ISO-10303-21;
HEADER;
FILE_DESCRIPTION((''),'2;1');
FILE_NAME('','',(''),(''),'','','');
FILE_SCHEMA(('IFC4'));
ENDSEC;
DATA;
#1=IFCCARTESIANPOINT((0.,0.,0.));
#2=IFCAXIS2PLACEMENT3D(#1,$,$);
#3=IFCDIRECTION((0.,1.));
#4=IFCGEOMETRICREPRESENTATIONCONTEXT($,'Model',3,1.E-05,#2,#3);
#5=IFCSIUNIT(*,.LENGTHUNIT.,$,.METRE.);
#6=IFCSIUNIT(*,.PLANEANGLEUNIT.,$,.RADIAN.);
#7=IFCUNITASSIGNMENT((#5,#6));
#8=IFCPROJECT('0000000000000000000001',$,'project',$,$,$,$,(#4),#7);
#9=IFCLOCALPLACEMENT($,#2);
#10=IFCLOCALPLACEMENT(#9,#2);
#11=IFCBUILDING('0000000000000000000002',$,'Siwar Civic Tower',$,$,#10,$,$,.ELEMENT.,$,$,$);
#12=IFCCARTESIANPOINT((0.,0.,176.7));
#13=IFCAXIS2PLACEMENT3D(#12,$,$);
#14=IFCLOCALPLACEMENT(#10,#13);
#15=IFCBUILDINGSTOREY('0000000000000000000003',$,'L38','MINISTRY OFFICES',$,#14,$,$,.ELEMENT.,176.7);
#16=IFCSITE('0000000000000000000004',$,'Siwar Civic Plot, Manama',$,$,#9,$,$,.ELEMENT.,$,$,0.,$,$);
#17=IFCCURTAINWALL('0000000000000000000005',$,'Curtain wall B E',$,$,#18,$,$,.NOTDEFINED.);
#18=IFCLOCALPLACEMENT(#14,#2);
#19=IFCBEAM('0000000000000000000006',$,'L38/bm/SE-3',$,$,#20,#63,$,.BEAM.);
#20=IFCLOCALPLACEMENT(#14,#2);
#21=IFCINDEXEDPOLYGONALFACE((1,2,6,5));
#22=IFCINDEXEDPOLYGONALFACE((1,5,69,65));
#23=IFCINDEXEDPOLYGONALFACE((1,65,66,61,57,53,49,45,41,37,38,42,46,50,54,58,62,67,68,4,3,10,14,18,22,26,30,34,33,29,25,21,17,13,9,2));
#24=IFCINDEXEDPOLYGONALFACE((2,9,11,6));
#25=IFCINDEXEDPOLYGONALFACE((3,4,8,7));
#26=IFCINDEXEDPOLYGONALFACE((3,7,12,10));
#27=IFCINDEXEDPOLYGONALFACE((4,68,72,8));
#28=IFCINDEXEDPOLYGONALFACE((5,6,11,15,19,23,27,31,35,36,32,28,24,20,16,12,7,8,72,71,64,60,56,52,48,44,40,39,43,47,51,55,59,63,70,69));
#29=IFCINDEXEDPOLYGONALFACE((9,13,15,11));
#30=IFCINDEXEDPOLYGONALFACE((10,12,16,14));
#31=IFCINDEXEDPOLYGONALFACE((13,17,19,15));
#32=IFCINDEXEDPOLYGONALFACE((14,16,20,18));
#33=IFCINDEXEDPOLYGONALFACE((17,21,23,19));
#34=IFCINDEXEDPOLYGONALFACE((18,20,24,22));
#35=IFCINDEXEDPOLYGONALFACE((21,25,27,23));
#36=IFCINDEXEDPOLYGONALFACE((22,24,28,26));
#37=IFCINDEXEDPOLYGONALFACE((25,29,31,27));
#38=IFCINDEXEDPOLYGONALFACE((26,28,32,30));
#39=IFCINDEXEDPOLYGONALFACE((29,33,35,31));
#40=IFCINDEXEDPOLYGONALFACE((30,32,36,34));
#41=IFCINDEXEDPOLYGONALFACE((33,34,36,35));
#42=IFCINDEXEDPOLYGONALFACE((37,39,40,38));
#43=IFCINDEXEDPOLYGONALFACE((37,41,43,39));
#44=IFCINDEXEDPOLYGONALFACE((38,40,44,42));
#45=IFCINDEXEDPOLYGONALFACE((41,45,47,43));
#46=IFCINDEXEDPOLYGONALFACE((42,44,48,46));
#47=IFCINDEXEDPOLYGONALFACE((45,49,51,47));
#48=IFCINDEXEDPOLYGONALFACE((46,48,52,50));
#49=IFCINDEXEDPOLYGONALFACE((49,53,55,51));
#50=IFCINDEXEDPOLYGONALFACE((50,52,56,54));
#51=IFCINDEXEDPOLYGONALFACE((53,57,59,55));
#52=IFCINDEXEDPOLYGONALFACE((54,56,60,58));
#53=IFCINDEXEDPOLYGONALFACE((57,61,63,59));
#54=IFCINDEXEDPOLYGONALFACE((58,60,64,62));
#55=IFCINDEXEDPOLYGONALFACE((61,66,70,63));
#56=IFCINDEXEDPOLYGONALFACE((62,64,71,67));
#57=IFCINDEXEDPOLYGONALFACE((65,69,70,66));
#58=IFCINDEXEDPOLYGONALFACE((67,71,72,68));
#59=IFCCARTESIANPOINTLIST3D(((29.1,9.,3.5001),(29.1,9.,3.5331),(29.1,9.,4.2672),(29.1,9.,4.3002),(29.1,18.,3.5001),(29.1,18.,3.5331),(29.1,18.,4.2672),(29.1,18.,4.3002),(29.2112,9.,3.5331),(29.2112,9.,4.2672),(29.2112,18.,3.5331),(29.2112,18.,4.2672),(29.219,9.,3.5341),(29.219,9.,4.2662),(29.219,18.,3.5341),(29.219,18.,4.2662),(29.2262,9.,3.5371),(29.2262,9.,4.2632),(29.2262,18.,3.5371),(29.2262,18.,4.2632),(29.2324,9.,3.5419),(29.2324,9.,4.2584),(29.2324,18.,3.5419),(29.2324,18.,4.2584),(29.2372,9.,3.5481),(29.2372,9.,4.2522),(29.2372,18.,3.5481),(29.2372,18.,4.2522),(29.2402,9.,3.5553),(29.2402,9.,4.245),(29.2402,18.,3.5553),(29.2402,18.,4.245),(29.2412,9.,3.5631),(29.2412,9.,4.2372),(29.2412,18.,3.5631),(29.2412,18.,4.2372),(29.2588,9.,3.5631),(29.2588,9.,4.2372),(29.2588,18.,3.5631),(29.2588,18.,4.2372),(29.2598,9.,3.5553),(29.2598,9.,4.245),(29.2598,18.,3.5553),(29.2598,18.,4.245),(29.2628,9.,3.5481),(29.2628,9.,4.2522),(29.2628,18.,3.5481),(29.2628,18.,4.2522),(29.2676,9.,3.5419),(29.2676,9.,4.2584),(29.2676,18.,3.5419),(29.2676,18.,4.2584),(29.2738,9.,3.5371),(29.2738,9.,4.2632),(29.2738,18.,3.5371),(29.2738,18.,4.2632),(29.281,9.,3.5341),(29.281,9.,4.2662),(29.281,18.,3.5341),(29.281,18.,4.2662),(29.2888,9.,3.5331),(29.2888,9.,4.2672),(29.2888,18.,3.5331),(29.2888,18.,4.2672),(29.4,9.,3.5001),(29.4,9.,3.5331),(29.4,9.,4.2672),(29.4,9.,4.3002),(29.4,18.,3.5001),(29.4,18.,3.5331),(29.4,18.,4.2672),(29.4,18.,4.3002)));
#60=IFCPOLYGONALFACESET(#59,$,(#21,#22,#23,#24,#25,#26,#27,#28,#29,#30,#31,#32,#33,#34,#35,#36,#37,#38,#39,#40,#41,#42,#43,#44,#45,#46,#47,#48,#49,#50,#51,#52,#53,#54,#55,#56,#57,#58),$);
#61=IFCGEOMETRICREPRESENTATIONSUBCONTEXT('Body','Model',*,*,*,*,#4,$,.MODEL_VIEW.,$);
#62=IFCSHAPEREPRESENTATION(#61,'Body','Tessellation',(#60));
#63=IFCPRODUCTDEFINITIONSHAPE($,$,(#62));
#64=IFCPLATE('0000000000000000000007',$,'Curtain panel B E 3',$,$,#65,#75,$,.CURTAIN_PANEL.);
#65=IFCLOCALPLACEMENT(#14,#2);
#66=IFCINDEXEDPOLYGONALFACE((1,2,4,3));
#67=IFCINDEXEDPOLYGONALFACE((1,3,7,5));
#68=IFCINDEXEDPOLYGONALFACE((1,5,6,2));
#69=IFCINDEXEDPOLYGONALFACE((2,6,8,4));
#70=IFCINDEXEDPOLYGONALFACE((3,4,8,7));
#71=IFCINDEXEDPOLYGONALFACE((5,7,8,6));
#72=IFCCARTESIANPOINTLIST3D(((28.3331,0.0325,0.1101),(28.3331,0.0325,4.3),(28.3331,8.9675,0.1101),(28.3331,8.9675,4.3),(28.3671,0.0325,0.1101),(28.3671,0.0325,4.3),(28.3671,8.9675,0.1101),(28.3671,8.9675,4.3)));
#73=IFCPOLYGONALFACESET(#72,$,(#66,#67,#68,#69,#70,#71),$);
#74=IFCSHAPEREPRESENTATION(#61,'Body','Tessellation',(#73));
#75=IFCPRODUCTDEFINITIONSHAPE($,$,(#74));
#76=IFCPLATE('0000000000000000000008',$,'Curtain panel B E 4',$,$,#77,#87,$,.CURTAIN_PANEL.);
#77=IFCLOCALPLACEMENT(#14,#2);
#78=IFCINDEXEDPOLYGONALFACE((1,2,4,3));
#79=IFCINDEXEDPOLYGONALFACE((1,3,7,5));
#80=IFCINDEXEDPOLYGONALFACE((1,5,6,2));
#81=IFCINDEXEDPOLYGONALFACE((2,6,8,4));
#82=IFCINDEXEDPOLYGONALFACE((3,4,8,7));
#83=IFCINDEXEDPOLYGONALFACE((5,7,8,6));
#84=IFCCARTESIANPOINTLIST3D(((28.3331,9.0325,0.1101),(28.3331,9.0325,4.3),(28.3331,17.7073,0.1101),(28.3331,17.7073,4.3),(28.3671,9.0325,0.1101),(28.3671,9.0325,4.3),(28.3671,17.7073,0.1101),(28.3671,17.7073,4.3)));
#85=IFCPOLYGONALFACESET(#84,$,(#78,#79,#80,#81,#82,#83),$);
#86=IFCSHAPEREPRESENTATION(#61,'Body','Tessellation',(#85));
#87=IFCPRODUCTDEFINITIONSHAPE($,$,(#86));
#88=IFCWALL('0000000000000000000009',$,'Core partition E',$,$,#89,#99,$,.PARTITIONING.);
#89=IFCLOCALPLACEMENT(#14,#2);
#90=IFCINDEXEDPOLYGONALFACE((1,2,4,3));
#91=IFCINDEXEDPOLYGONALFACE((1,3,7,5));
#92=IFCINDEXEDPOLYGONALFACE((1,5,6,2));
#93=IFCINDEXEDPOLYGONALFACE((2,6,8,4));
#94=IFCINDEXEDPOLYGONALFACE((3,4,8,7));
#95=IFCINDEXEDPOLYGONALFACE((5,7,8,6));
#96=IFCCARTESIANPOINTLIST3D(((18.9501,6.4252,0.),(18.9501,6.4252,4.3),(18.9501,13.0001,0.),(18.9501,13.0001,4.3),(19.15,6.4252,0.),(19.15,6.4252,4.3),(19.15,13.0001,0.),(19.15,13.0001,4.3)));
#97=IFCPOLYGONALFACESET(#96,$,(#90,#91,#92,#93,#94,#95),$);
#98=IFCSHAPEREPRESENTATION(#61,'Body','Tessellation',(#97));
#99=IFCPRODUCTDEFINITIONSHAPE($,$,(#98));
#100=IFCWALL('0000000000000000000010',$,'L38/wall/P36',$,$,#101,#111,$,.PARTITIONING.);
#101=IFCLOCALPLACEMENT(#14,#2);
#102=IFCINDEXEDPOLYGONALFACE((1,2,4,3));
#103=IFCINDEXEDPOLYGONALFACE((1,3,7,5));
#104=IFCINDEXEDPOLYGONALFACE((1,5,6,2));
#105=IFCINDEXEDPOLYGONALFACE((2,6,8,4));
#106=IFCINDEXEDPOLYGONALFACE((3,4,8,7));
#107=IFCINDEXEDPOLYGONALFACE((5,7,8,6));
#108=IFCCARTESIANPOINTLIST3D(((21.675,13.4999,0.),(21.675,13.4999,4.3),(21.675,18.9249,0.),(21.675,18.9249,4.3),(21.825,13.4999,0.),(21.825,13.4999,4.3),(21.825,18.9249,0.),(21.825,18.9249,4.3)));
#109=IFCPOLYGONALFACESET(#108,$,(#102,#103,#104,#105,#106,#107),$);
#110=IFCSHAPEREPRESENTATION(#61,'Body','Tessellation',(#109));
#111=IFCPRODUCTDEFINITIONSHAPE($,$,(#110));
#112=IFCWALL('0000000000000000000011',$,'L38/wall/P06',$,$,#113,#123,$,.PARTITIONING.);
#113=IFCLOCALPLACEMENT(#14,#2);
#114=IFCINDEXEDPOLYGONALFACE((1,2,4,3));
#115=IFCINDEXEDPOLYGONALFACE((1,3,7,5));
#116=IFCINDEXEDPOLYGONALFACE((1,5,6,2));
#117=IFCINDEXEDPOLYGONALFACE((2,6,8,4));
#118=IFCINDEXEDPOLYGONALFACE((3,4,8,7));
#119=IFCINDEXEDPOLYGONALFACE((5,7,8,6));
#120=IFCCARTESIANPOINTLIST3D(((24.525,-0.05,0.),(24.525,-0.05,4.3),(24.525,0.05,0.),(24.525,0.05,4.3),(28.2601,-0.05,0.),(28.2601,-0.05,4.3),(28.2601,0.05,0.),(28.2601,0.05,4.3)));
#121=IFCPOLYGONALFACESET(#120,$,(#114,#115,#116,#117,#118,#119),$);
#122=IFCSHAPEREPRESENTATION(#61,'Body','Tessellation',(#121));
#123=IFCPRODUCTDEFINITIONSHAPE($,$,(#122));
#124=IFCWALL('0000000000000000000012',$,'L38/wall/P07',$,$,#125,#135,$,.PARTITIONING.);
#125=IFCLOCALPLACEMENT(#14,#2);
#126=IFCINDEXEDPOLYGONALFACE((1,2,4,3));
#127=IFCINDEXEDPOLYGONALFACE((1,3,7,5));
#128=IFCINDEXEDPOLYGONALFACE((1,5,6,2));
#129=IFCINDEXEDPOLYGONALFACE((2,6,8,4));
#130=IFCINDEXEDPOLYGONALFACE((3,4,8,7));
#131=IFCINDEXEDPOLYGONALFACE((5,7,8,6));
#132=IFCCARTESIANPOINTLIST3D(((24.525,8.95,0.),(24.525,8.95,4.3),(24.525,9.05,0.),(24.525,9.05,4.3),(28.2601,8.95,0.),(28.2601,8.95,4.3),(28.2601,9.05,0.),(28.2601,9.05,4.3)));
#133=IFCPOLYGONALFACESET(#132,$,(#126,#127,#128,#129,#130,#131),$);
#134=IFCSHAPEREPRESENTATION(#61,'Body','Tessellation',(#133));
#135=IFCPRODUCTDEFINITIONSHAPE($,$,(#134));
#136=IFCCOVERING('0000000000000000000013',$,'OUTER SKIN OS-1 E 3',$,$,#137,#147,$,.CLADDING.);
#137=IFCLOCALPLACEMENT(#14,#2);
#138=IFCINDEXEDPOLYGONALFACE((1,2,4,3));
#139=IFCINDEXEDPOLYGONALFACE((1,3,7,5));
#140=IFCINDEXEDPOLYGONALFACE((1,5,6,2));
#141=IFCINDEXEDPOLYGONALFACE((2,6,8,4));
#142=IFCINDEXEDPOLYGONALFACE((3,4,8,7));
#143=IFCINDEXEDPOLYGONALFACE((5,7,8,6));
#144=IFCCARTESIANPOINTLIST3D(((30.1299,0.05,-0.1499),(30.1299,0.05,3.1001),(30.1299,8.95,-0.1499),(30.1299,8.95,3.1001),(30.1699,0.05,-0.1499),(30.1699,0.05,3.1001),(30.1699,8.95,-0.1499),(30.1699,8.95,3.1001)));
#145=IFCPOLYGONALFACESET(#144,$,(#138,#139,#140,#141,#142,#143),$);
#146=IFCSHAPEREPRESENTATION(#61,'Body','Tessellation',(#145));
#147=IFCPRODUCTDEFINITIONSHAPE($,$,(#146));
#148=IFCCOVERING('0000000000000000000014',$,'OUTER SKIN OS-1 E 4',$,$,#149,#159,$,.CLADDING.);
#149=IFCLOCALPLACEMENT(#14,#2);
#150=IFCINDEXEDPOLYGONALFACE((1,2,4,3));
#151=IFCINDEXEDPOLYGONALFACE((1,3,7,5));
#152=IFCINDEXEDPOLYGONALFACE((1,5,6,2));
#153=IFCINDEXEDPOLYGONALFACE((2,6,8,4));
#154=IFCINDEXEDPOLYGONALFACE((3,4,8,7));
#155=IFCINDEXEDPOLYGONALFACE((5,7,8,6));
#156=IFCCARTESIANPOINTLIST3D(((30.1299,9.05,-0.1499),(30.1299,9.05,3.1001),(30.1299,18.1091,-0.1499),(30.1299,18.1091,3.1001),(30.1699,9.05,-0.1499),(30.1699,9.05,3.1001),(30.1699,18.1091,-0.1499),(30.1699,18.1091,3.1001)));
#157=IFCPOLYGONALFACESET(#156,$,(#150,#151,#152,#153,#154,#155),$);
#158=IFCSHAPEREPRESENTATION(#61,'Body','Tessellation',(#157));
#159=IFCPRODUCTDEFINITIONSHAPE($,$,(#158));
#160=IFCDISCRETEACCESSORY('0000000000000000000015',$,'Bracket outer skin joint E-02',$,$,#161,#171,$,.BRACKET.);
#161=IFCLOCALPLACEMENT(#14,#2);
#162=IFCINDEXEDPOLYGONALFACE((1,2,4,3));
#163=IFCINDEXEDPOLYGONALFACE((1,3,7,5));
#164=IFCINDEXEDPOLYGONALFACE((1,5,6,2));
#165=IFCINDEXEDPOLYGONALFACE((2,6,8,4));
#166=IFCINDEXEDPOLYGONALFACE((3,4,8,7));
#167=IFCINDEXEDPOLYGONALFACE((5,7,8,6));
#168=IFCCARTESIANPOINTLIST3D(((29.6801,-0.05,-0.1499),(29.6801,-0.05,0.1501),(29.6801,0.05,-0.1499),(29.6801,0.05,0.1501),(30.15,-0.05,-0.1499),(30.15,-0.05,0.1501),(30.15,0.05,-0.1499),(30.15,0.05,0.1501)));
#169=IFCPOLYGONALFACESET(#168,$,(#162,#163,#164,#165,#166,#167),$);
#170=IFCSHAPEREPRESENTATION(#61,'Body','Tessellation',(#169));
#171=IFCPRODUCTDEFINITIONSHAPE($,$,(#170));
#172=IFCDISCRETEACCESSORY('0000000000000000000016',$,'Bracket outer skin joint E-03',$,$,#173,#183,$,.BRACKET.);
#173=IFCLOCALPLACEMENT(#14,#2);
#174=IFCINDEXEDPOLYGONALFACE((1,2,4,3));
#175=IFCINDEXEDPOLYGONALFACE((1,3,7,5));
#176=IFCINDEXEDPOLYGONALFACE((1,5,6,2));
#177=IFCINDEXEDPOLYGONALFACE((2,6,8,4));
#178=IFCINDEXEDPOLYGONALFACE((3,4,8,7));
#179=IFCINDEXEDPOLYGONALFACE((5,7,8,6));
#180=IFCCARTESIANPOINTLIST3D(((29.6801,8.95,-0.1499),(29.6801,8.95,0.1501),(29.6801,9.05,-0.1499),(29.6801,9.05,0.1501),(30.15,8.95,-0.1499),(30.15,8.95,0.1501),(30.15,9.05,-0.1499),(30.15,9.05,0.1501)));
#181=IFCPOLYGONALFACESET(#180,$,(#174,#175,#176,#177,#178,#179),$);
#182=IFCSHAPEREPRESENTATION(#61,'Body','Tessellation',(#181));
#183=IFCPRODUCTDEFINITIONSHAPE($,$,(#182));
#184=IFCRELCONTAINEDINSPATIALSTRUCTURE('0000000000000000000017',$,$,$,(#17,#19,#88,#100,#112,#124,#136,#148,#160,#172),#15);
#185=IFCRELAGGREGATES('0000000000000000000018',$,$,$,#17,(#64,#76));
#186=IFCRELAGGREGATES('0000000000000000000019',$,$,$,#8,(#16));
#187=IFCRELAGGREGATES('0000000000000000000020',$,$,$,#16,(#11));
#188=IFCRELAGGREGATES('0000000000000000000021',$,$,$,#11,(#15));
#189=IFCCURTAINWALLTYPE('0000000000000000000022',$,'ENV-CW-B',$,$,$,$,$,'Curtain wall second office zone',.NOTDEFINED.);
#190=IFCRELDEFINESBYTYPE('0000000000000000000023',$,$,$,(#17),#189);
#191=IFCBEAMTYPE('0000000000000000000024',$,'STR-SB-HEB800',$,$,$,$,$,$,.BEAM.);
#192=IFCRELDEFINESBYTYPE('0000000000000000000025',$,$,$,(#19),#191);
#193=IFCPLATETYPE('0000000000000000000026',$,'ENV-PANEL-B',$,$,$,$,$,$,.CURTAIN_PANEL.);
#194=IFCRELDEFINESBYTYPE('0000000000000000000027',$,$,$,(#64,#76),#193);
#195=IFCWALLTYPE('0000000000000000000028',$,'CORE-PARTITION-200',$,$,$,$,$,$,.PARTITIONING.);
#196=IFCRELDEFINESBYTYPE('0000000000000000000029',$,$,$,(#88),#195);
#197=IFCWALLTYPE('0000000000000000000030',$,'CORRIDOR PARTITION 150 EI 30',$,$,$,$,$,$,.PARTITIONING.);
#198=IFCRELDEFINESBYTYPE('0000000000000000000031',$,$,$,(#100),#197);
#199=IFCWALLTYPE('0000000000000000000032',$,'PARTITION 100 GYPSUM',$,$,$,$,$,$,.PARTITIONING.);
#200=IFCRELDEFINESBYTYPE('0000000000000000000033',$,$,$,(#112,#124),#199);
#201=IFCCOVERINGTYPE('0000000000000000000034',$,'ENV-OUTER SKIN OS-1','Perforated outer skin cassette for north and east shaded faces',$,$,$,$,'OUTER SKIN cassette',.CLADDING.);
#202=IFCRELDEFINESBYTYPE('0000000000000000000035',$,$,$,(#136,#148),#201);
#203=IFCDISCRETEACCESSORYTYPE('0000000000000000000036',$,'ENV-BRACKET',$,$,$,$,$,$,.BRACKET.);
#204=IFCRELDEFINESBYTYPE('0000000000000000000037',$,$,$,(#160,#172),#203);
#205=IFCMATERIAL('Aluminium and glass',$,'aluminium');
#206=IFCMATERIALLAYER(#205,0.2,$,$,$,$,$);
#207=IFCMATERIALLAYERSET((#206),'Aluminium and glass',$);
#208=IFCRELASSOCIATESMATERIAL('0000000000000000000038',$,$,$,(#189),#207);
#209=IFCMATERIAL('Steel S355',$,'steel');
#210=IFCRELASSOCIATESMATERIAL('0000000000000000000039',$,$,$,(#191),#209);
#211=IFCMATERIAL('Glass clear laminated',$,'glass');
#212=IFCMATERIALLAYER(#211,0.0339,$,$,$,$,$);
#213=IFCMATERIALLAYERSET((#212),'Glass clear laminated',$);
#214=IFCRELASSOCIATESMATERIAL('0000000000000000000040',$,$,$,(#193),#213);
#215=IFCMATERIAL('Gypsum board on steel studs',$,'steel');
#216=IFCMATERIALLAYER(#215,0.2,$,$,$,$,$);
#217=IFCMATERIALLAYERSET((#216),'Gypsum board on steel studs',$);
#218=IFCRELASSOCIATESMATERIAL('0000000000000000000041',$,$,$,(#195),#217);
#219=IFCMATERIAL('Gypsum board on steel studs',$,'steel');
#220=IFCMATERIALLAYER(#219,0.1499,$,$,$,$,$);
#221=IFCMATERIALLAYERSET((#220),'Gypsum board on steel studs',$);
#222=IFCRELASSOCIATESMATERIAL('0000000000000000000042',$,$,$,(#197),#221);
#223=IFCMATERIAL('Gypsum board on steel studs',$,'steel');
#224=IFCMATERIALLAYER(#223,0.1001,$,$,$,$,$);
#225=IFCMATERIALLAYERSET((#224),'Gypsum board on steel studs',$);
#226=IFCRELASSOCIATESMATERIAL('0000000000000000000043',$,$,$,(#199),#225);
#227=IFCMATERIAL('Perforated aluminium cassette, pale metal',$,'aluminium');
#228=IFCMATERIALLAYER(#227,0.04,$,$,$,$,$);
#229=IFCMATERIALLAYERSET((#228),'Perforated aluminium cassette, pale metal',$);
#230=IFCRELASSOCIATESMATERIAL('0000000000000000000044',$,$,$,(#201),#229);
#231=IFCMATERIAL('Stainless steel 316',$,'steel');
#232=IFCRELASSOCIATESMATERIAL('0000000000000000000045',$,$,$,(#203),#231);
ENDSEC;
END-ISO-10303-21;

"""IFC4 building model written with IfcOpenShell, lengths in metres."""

from ifc_helpers import new_model, si_unit, direction, frame, frame_2d, origin, origin_2d, place, context, subcontext, project, spatial, rectangle, i_section, extrude, material, layer, layer_set, material_profile, profile_set, type_object, element, aggregate, save


model = new_model("IFC4")

# Units and contexts
model_context = context("Model", 3, precision=1e-05, world=origin(), true_north=direction((0.0, 1.0)))
body_context = subcontext(model_context, "Body", "Model", "MODEL_VIEW")
ifc_project = project(units=[si_unit("LENGTHUNIT", "METRE"), si_unit("PLANEANGLEUNIT", "RADIAN")], contexts=[model_context])

# Site, building, storey
site_placement = place(None, origin())
site = spatial("IfcSite", under=ifc_project, at=site_placement, Name="Siwar Civic Plot, Manama", CompositionType="ELEMENT", RefElevation=0.0)
building_placement = place(site_placement, origin())
building = spatial("IfcBuilding", under=site, at=building_placement, Name="Siwar Civic Tower", CompositionType="ELEMENT")
storey_placement = place(building_placement, frame((0.0, 0.0, 176.7)))
storey = spatial("IfcBuildingStorey", under=building, at=storey_placement, Name="L38", Description="MINISTRY OFFICES", CompositionType="ELEMENT", Elevation=176.7)

# Curtain wall
ifc_material_1 = material(Name="Aluminium and glass", Category="aluminium")
ifc_layer_1 = layer(ifc_material_1, 0.2)
ifc_layer_set_1 = layer_set([ifc_layer_1], Name="Aluminium and glass")
curtain_wall_type_1 = type_object("IfcCurtainWallType", Name="ENV-CW-B", ElementType="Curtain wall second office zone", PredefinedType="NOTDEFINED", material=ifc_layer_set_1)
curtain_wall_1_placement = place(storey_placement, origin())
curtain_wall_1 = element("IfcCurtainWall", 1, at=curtain_wall_1_placement, inside=storey, type_object=curtain_wall_type_1, Name="Curtain wall B E", PredefinedType="NOTDEFINED")

# Beam
ifc_material_2 = material(Name="Steel S355", Category="steel")
ifc_material_profile_1 = material_profile(ifc_material_2, i_section(OverallWidth=0.3, OverallDepth=0.8, WebThickness=0.0176, FlangeThickness=0.033, FilletRadius=0.03, at=origin_2d()), Name="HEB800")
ifc_profile_set_1 = profile_set([ifc_material_profile_1], Name="Steel S355")
beam_type_1 = type_object("IfcBeamType", Name="STR-SB-HEB800", PredefinedType="BEAM", material=ifc_profile_set_1)
for number, where, z_axis, x_axis, name in (
    (2, (29.25, 9.0, 3.9001), (0.0, 1.0, 0.0), (-1.0, 0.0, 0.0), "L38/bm/SE-3"),
):
    element("IfcBeam", number, at=place(storey_placement, frame(where, z_axis=z_axis, x_axis=x_axis)), inside=storey, type_object=beam_type_1, Name=name, PredefinedType="BEAM", context=body_context, shape_type="SweptSolid", body=[
        extrude(i_section(OverallWidth=0.3, OverallDepth=0.8, WebThickness=0.0176, FlangeThickness=0.033, FilletRadius=0.03, at=origin_2d()), origin(), (0.0, 0.0, 1.0), 9.0),
    ])

# Plates
ifc_material_3 = material(Name="Glass clear laminated", Category="glass")
ifc_layer_2 = layer(ifc_material_3, 0.0339)
ifc_layer_set_2 = layer_set([ifc_layer_2], Name="Glass clear laminated")
plate_type = type_object("IfcPlateType", Name="ENV-PANEL-B", PredefinedType="CURTAIN_PANEL", material=ifc_layer_set_2)
plate_1_placement = place(storey_placement, frame((28.3501, 4.5, 0.1101), z_axis=(0.0, 0.0, 1.0), x_axis=(0.0, 1.0, 0.0)))
plate_1 = element("IfcPlate", 3, at=plate_1_placement, type_object=plate_type, Name="Curtain panel B E 3", PredefinedType="CURTAIN_PANEL", context=body_context, shape_type="SweptSolid", body=[
    extrude(rectangle(XDim=8.9351, YDim=0.0339, at=origin_2d()), origin(), (0.0, 0.0, 1.0), 4.1899),
])
plate_2_placement = place(storey_placement, frame((28.3501, 13.3699, 0.1101), z_axis=(0.0, 0.0, 1.0), x_axis=(0.0, 1.0, 0.0)))
plate_2 = element("IfcPlate", 4, at=plate_2_placement, type_object=plate_type, Name="Curtain panel B E 4", PredefinedType="CURTAIN_PANEL", context=body_context, shape_type="SweptSolid", body=[
    extrude(rectangle(XDim=8.6748, YDim=0.0339, at=origin_2d()), origin(), (0.0, 0.0, 1.0), 4.1899),
])
aggregate(curtain_wall_1, [plate_1, plate_2])

# Walls
ifc_material_4 = material(Name="Gypsum board on steel studs", Category="steel")
ifc_layer_3 = layer(ifc_material_4, 0.2)
ifc_layer_set_3 = layer_set([ifc_layer_3], Name="Gypsum board on steel studs")
wall_type_1 = type_object("IfcWallType", Name="CORE-PARTITION-200", PredefinedType="PARTITIONING", material=ifc_layer_set_3)
wall_1_placement = place(storey_placement, frame((19.05, 6.425, 0.0), z_axis=(0.0, 0.0, 1.0), x_axis=(0.0, 1.0, 0.0)))
element("IfcWall", 5, at=wall_1_placement, inside=storey, type_object=wall_type_1, Name="Core partition E", PredefinedType="PARTITIONING", context=body_context, shape_type="SweptSolid", body=[
    extrude(rectangle(XDim=6.575, YDim=0.2, at=frame_2d((3.2876, 0.0))), origin(), (0.0, 0.0, 1.0), 4.3),
])
ifc_material_5 = material(Name="Gypsum board on steel studs", Category="steel")
ifc_layer_4 = layer(ifc_material_5, 0.1499)
ifc_layer_set_4 = layer_set([ifc_layer_4], Name="Gypsum board on steel studs")
wall_type_2 = type_object("IfcWallType", Name="CORRIDOR PARTITION 150 EI 30", PredefinedType="PARTITIONING", material=ifc_layer_set_4)
wall_2_placement = place(storey_placement, frame((21.75, 13.5, 0.0), z_axis=(0.0, 0.0, 1.0), x_axis=(0.0, 1.0, 0.0)))
element("IfcWall", 6, at=wall_2_placement, inside=storey, type_object=wall_type_2, Name="L38/wall/P36", PredefinedType="PARTITIONING", context=body_context, shape_type="SweptSolid", body=[
    extrude(rectangle(XDim=5.425, YDim=0.1499, at=frame_2d((2.7124, 0.0))), origin(), (0.0, 0.0, 1.0), 4.3),
])
ifc_material_6 = material(Name="Gypsum board on steel studs", Category="steel")
ifc_layer_5 = layer(ifc_material_6, 0.1001)
ifc_layer_set_5 = layer_set([ifc_layer_5], Name="Gypsum board on steel studs")
wall_type_3 = type_object("IfcWallType", Name="PARTITION 100 GYPSUM", PredefinedType="PARTITIONING", material=ifc_layer_set_5)
for number, where, z_axis, x_axis, name in (
    (7, (24.5249, 0.0, 0.0), (0.0, 0.0, 1.0), (1.0, 0.0, 0.0), "L38/wall/P06"),
    (8, (24.5249, 9.0, 0.0), (0.0, 0.0, 1.0), (1.0, 0.0, 0.0), "L38/wall/P07"),
):
    element("IfcWall", number, at=place(storey_placement, frame(where, z_axis=z_axis, x_axis=x_axis)), inside=storey, type_object=wall_type_3, Name=name, PredefinedType="PARTITIONING", context=body_context, shape_type="SweptSolid", body=[
        extrude(rectangle(XDim=3.7351, YDim=0.1001, at=frame_2d((1.8677, 0.0))), origin(), (0.0, 0.0, 1.0), 4.3),
    ])

# Coverings
ifc_material_7 = material(Name="Perforated aluminium cassette, pale metal", Category="aluminium")
ifc_layer_6 = layer(ifc_material_7, 0.04)
ifc_layer_set_6 = layer_set([ifc_layer_6], Name="Perforated aluminium cassette, pale metal")
covering_type = type_object("IfcCoveringType", Name="ENV-OUTER SKIN OS-1", Description="Perforated outer skin cassette for north and east shaded faces", ElementType="OUTER SKIN cassette", PredefinedType="CLADDING", material=ifc_layer_set_6)
covering_1_placement = place(storey_placement, frame((30.1499, 4.5, -0.1499), z_axis=(0.0, 0.0, 1.0), x_axis=(0.0, 1.0, 0.0)))
element("IfcCovering", 9, at=covering_1_placement, inside=storey, type_object=covering_type, Name="OUTER SKIN OS-1 E 3", PredefinedType="CLADDING", context=body_context, shape_type="SweptSolid", body=[
    extrude(rectangle(XDim=8.8999, YDim=0.04, at=origin_2d()), origin(), (0.0, 0.0, 1.0), 3.25),
])
covering_2_placement = place(storey_placement, frame((30.1499, 13.5796, -0.1499), z_axis=(0.0, 0.0, 1.0), x_axis=(0.0, 1.0, 0.0)))
element("IfcCovering", 10, at=covering_2_placement, inside=storey, type_object=covering_type, Name="OUTER SKIN OS-1 E 4", PredefinedType="CLADDING", context=body_context, shape_type="SweptSolid", body=[
    extrude(rectangle(XDim=9.0591, YDim=0.04, at=origin_2d()), origin(), (0.0, 0.0, 1.0), 3.25),
])

# Discrete accessories
ifc_material_8 = material(Name="Stainless steel 316", Category="steel")
discrete_accessory_type = type_object("IfcDiscreteAccessoryType", Name="ENV-BRACKET", PredefinedType="BRACKET", material=ifc_material_8)
for number, where, z_axis, x_axis, name in (
    (11, (29.915, 0.0, -0.1499), (0.0, 0.0, 1.0), (1.0, 0.0, 0.0), "Bracket outer skin joint E-02"),
    (12, (29.915, 9.0, -0.1499), (0.0, 0.0, 1.0), (1.0, 0.0, 0.0), "Bracket outer skin joint E-03"),
):
    element("IfcDiscreteAccessory", number, at=place(storey_placement, frame(where, z_axis=z_axis, x_axis=x_axis)), inside=storey, type_object=discrete_accessory_type, Name=name, PredefinedType="BRACKET", context=body_context, shape_type="SweptSolid", body=[
        extrude(rectangle(XDim=0.47, YDim=0.1001, at=origin_2d()), origin(), (0.0, 0.0, 1.0), 0.3),
    ])

save(model, "model.ifc")
